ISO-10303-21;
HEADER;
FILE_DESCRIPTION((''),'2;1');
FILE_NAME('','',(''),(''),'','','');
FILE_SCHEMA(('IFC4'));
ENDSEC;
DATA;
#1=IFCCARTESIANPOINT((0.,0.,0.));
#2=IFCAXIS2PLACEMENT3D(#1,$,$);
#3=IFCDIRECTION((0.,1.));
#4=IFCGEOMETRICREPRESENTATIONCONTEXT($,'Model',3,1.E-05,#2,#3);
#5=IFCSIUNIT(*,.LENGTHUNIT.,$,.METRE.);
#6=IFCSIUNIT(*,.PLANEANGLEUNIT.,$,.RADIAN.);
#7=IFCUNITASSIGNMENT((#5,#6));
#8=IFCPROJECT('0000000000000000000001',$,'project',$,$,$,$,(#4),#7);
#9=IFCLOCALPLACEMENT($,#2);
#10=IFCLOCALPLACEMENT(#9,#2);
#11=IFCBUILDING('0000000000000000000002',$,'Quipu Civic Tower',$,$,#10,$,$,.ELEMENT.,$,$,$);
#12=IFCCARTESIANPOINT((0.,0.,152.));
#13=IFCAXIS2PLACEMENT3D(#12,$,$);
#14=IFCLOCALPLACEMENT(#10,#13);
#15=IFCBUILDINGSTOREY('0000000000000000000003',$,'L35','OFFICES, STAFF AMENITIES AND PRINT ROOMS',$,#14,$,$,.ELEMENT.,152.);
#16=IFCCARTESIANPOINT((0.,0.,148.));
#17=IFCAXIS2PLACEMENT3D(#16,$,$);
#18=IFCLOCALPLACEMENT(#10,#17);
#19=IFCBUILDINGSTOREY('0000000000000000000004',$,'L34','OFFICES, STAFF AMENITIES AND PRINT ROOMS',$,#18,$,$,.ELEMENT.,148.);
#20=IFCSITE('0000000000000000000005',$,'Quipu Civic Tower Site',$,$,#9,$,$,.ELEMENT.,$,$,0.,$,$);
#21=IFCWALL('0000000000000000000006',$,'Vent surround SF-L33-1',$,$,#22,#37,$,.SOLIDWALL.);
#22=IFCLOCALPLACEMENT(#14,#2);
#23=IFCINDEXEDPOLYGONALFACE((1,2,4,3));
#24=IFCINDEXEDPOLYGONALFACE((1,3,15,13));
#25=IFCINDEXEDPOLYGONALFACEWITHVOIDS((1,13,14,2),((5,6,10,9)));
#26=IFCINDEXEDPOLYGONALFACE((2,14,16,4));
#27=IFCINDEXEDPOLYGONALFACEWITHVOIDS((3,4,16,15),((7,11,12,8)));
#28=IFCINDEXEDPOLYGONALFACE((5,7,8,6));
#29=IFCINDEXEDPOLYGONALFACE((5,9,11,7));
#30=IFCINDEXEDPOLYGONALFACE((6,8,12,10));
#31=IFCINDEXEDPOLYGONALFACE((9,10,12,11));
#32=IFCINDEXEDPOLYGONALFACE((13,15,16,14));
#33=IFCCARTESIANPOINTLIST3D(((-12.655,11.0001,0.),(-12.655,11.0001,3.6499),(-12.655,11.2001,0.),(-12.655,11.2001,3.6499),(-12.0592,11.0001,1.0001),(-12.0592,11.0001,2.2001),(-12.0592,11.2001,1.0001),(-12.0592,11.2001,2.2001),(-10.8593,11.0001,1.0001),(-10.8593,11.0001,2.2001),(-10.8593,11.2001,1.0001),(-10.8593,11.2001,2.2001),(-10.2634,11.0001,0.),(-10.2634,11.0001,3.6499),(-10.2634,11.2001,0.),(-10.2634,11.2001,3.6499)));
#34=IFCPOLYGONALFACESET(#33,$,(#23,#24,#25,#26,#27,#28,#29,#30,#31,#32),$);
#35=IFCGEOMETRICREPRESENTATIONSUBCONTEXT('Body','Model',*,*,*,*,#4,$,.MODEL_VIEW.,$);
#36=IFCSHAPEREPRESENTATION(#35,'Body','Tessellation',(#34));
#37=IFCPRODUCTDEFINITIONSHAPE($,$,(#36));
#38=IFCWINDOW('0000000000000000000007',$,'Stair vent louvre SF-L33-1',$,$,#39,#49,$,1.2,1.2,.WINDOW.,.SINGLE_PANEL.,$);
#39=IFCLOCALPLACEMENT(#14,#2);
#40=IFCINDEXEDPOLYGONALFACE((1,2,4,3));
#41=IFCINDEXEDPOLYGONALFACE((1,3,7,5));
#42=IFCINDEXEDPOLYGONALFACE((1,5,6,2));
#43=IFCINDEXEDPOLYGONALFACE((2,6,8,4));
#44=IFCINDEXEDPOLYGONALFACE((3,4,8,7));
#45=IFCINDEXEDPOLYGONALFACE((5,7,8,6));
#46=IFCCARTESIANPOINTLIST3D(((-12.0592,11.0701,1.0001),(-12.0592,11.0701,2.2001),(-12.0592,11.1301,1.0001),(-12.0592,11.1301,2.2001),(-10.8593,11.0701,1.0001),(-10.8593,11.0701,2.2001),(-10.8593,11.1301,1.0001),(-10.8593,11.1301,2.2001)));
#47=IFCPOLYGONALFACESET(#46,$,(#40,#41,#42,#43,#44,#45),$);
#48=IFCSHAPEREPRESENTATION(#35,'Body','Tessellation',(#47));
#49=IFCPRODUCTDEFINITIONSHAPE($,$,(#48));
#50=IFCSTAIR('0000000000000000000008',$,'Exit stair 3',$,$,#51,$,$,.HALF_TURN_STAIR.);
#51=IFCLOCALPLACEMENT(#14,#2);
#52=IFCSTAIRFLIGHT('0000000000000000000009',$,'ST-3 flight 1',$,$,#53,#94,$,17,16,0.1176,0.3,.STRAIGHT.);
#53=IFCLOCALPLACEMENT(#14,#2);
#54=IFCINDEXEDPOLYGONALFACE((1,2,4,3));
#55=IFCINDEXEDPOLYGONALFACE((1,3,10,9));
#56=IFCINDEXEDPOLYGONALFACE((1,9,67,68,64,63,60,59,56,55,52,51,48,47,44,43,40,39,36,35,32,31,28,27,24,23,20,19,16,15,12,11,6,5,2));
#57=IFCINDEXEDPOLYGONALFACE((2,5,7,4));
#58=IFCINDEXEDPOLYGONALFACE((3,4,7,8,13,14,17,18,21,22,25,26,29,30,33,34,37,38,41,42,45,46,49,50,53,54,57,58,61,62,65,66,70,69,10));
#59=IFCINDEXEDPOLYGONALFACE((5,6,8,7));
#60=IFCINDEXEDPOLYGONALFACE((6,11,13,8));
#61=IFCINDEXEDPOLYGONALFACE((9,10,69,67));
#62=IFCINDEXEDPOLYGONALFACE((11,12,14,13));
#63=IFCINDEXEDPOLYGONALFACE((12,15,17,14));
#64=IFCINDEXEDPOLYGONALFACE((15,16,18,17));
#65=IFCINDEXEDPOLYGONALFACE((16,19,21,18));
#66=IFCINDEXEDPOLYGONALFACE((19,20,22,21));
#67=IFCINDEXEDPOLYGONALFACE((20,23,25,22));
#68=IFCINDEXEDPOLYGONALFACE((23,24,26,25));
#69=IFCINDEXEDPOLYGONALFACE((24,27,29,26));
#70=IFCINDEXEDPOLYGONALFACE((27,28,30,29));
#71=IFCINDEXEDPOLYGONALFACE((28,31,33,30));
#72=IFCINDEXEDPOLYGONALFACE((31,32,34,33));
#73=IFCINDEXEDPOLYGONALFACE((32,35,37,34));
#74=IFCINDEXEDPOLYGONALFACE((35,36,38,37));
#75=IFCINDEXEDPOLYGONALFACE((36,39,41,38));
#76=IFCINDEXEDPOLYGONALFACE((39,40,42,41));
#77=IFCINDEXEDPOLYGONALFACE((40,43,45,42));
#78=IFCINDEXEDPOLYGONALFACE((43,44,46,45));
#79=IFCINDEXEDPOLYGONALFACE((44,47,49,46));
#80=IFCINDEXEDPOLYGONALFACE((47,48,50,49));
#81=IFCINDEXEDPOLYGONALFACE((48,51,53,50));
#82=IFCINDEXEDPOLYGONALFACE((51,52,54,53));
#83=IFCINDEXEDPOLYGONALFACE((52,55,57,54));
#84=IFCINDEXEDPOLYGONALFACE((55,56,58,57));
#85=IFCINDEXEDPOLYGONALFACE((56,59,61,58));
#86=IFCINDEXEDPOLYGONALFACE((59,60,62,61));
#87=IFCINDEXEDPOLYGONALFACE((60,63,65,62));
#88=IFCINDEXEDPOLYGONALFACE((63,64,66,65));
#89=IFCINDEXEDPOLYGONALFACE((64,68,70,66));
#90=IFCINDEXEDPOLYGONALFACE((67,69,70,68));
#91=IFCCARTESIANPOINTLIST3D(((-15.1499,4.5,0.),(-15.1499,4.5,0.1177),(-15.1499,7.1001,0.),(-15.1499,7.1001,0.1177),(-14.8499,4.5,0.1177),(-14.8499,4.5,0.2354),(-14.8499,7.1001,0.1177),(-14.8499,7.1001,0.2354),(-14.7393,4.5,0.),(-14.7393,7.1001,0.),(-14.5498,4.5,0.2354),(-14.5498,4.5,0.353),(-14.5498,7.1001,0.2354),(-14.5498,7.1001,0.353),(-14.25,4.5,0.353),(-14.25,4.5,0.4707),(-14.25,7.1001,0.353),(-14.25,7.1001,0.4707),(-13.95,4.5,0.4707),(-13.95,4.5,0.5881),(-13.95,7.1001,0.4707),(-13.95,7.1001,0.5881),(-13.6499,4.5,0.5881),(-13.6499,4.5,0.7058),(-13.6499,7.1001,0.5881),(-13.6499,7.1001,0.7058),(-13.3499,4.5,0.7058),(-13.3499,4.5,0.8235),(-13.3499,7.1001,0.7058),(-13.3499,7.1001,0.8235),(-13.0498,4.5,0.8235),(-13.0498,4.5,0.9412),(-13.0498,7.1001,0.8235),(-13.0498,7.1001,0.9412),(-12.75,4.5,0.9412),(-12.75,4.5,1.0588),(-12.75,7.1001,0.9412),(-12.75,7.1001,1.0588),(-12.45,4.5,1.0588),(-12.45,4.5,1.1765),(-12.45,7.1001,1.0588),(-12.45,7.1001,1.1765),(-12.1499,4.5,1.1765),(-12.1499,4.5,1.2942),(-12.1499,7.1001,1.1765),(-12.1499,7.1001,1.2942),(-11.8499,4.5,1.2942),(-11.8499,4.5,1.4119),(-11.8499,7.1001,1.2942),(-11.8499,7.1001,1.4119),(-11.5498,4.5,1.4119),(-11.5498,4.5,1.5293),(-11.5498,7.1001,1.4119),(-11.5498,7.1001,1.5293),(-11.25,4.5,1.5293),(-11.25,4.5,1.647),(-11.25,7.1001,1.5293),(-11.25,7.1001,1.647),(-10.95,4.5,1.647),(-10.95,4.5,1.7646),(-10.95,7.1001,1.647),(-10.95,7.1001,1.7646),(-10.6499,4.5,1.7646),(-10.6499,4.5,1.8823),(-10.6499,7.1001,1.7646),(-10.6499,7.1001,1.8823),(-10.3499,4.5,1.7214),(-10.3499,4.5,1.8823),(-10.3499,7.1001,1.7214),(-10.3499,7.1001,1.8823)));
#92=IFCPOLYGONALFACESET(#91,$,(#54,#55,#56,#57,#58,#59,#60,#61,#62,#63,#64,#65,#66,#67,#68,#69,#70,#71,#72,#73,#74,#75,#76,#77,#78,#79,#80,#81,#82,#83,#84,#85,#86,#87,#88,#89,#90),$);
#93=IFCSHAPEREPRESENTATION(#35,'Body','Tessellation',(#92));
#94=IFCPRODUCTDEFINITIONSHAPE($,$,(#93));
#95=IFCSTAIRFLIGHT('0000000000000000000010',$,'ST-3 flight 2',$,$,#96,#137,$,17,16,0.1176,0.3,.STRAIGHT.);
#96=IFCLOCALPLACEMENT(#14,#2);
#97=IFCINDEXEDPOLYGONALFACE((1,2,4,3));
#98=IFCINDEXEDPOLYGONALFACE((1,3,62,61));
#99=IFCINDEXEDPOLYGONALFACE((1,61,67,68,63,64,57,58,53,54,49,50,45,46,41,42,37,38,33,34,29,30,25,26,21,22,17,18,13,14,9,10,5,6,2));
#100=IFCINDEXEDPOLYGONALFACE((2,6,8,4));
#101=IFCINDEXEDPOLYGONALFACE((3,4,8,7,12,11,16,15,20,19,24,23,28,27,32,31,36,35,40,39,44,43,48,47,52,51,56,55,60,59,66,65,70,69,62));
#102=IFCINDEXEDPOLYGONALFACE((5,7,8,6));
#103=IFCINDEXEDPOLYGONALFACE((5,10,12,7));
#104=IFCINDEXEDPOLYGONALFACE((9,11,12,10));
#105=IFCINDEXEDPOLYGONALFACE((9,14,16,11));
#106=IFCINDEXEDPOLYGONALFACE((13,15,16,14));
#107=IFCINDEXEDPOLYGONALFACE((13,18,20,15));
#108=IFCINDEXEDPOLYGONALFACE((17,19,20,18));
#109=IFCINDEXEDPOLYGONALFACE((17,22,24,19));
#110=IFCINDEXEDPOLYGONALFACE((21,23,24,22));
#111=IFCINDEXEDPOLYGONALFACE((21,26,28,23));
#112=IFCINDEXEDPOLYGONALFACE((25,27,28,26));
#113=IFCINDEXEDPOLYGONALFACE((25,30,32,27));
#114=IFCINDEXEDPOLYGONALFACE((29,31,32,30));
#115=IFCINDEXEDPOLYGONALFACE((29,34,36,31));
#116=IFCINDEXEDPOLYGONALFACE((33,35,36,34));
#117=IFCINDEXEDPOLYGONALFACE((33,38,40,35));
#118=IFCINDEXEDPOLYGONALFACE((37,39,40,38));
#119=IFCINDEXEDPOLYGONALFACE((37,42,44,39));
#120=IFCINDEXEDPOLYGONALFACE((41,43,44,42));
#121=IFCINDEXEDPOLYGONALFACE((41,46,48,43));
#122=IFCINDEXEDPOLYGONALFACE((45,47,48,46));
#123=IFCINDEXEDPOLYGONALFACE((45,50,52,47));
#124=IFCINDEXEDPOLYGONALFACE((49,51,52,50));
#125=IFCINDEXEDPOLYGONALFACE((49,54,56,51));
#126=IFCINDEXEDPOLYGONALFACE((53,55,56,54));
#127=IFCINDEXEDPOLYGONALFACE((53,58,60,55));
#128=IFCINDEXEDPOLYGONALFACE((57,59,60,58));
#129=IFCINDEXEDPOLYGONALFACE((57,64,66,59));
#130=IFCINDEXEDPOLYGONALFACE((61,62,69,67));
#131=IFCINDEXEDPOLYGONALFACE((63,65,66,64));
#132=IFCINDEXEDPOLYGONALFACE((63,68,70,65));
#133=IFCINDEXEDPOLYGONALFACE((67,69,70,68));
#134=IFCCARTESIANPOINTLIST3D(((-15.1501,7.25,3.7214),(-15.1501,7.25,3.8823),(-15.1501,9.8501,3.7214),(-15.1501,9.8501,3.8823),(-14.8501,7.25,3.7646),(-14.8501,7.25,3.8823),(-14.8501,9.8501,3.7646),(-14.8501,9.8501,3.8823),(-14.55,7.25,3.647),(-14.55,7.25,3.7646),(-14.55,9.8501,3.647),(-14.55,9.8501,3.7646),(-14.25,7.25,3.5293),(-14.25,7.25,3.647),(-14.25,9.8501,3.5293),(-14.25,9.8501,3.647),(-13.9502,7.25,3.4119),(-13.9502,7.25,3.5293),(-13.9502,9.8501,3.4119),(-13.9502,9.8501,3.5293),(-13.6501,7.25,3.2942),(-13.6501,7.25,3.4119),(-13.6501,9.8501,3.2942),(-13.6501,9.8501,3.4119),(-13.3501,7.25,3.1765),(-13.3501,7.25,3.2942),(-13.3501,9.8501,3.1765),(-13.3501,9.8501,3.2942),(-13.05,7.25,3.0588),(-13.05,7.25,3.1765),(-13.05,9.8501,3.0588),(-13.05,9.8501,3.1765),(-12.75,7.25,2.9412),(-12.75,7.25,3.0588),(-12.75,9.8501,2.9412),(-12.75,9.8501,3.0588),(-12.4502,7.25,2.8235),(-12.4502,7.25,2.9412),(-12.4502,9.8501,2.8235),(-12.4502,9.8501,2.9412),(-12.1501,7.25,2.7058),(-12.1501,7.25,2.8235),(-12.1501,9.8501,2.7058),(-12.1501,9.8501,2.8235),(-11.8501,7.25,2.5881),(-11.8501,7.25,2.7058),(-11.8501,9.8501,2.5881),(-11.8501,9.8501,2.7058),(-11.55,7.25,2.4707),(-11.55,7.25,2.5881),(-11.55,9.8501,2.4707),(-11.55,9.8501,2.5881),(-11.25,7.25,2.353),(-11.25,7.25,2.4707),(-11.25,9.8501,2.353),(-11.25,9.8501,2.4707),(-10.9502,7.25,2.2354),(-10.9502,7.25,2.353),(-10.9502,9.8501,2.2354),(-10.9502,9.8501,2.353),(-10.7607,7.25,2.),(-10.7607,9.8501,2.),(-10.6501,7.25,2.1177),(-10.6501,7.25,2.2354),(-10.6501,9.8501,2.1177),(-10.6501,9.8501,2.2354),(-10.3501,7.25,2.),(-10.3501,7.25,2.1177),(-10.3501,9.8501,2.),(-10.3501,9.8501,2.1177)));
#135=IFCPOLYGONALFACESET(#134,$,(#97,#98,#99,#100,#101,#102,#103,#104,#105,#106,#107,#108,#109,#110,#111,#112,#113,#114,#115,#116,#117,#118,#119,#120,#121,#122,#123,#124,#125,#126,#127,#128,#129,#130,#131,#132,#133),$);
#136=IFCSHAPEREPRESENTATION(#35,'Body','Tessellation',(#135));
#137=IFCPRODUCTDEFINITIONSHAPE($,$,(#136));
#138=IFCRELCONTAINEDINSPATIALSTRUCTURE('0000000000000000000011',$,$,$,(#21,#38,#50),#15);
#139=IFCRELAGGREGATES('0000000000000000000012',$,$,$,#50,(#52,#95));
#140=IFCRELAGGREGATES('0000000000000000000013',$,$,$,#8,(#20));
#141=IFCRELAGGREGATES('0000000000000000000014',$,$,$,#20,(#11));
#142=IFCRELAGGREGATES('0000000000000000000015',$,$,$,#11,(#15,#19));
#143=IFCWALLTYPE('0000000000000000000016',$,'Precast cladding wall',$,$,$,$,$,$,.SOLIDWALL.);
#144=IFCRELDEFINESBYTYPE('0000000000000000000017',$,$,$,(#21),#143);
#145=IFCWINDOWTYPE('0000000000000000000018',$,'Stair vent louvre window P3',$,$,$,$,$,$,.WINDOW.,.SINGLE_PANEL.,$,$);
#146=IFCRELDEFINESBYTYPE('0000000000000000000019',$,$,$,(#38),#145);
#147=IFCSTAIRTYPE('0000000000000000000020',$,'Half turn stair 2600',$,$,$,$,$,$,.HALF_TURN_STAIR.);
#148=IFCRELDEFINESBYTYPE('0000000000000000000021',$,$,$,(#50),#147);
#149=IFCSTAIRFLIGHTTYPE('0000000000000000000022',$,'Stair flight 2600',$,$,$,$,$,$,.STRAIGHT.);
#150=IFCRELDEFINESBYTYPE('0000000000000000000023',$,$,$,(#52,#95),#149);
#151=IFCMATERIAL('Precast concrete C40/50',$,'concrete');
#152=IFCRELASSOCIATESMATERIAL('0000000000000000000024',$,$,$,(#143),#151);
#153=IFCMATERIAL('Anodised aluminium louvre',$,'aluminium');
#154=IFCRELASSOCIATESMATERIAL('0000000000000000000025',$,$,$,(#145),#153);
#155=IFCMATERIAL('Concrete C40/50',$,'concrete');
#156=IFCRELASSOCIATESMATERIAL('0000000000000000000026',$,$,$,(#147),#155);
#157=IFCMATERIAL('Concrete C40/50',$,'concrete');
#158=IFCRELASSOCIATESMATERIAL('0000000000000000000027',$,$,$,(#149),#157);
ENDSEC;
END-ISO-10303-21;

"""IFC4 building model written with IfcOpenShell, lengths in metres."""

from ifc_helpers import new_model, si_unit, direction, frame, frame_2d, origin, place, context, subcontext, project, spatial, polyline, rectangle, outline, extrude, material, type_object, element, fill, aggregate, save


model = new_model("IFC4")

# Units and contexts
model_context = context("Model", 3, precision=1e-05, world=origin(), true_north=direction((0.0, 1.0)))
body_context = subcontext(model_context, "Body", "Model", "MODEL_VIEW")
ifc_project = project(units=[si_unit("LENGTHUNIT", "METRE"), si_unit("PLANEANGLEUNIT", "RADIAN")], contexts=[model_context])

# Site, building, storey
site_placement = place(None, origin())
site = spatial("IfcSite", under=ifc_project, at=site_placement, Name="Quipu Civic Tower Site", CompositionType="ELEMENT", RefElevation=0.0)
building_placement = place(site_placement, origin())
building = spatial("IfcBuilding", under=site, at=building_placement, Name="Quipu Civic Tower", CompositionType="ELEMENT")
storey_1_placement = place(building_placement, frame((0.0, 0.0, 152.0)))
storey_1 = spatial("IfcBuildingStorey", under=building, at=storey_1_placement, Name="L35", Description="OFFICES, STAFF AMENITIES AND PRINT ROOMS", CompositionType="ELEMENT", Elevation=152.0)

# Shared definitions
storey_2_placement = place(building_placement, frame((0.0, 0.0, 148.0)))
storey_2 = spatial("IfcBuildingStorey", under=building, at=storey_2_placement, Name="L34", Description="OFFICES, STAFF AMENITIES AND PRINT ROOMS", CompositionType="ELEMENT", Elevation=148.0)

# Wall, opening, window
ifc_material_1 = material(Name="Precast concrete C40/50", Category="concrete")
wall_type_1 = type_object("IfcWallType", Name="Precast cladding wall", PredefinedType="SOLIDWALL", material=ifc_material_1)
wall_1_placement = place(storey_1_placement, frame((-10.2634, 11.1001, 0.0), z_axis=(0.0, 0.0, 1.0), x_axis=(-1.0, 0.0, 0.0)))
wall_1 = element("IfcWall", 1, at=wall_1_placement, inside=storey_1, type_object=wall_type_1, Name="Vent surround SF-L33-1", PredefinedType="SOLIDWALL", context=body_context, shape_type="SweptSolid", body=[
    extrude(rectangle(XDim=2.3916, YDim=0.2, at=frame_2d((1.1958, 0.0))), origin(), (0.0, 0.0, 1.0), 3.6499),
])
opening_1_placement = place(wall_1_placement, frame((0.5957, 0.0, 1.0)))
opening_1 = element("IfcOpeningElement", 2, at=opening_1_placement, cuts=wall_1, PredefinedType="OPENING", context=body_context, shape_type="SweptSolid", body=[
    extrude(rectangle(XDim=1.2, YDim=1.2, at=frame_2d((0.6001, 0.6001))), frame((0.0, 0.1099, 0.0), z_axis=(0.0, -1.0, 0.0), x_axis=(1.0, 0.0, 0.0)), (0.0, 0.0, 1.0), 0.22),
])
ifc_material_2 = material(Name="Anodised aluminium louvre", Category="aluminium")
window_type_1 = type_object("IfcWindowType", Name="Stair vent louvre window P3", PartitioningType="SINGLE_PANEL", PredefinedType="WINDOW", material=ifc_material_2)
window_1_placement = place(opening_1_placement, origin())
window_1 = element("IfcWindow", 3, at=window_1_placement, inside=storey_1, type_object=window_type_1, Name="Stair vent louvre SF-L33-1", OverallHeight=1.2, OverallWidth=1.2, PartitioningType="SINGLE_PANEL", PredefinedType="WINDOW", context=body_context, shape_type="SweptSolid", body=[
    extrude(rectangle(XDim=1.2, YDim=1.2, at=frame_2d((0.6001, 0.6001))), frame((0.0, 0.03, 0.0), z_axis=(0.0, -1.0, 0.0), x_axis=(1.0, 0.0, 0.0)), (0.0, 0.0, 1.0), 0.0601),
])
fill(opening_1, window_1)

# Stair, stair flights
ifc_material_3 = material(Name="Concrete C40/50", Category="concrete")
stair_type = type_object("IfcStairType", Name="Half turn stair 2600", PredefinedType="HALF_TURN_STAIR", material=ifc_material_3)
stair_placement = place(storey_1_placement, origin())
stair = element("IfcStair", 4, at=stair_placement, inside=storey_1, type_object=stair_type, Name="Exit stair 3", PredefinedType="HALF_TURN_STAIR")
ifc_material_4 = material(Name="Concrete C40/50", Category="concrete")
stair_flight_type = type_object("IfcStairFlightType", Name="Stair flight 2600", PredefinedType="STRAIGHT", material=ifc_material_4)
stair_flight_1_placement = place(storey_1_placement, frame((-15.1499, 5.8, 0.0), z_axis=(0.0, 0.0, 1.0), x_axis=(1.0, 0.0, 0.0)))
stair_flight_1 = element("IfcStairFlight", 5, at=stair_flight_1_placement, type_object=stair_flight_type, Name="ST-3 flight 1", NumberOfRisers=17, NumberOfTreads=16, PredefinedType="STRAIGHT", RiserHeight=0.1176, TreadLength=0.3, context=body_context, shape_type="SweptSolid", body=[
    extrude(outline(polyline([(0.0, 0.0), (0.0, 0.1177), (0.3, 0.1177), (0.3, 0.2354), (0.6001, 0.2354), (0.6001, 0.353), (0.8999, 0.353), (0.8999, 0.4707), (1.2, 0.4707), (1.2, 0.5881), (1.5, 0.5881), (1.5, 0.7058), (1.8, 0.7058), (1.8, 0.8235), (2.1001, 0.8235), (2.1001, 0.9412), (2.3999, 0.9412), (2.3999, 1.0588), (2.7, 1.0588), (2.7, 1.1765), (3.0, 1.1765), (3.0, 1.2942), (3.3, 1.2942), (3.3, 1.4119), (3.6001, 1.4119), (3.6001, 1.5293), (3.8999, 1.5293), (3.8999, 1.647), (4.2, 1.647), (4.2, 1.7646), (4.5, 1.7646), (4.5, 1.8823), (4.8, 1.8823), (4.8, 2.0), (4.8, 1.7214), (0.4106, 0.0), (0.0, 0.0)])), frame((0.0, 1.3, 0.0), z_axis=(0.0, -1.0, 0.0), x_axis=(1.0, 0.0, 0.0)), (0.0, 0.0, 1.0), 2.6001),
])
stair_flight_2_placement = place(storey_1_placement, frame((-10.3501, 8.55, 2.0), z_axis=(0.0, 0.0, 1.0), x_axis=(-1.0, 0.0, 0.0)))
stair_flight_2 = element("IfcStairFlight", 6, at=stair_flight_2_placement, type_object=stair_flight_type, Name="ST-3 flight 2", NumberOfRisers=17, NumberOfTreads=16, PredefinedType="STRAIGHT", RiserHeight=0.1176, TreadLength=0.3, context=body_context, shape_type="SweptSolid", body=[
    extrude(outline(polyline([(0.0, 0.0), (0.0, 0.1177), (0.3, 0.1177), (0.3, 0.2354), (0.6001, 0.2354), (0.6001, 0.353), (0.8999, 0.353), (0.8999, 0.4707), (1.2, 0.4707), (1.2, 0.5881), (1.5, 0.5881), (1.5, 0.7058), (1.8, 0.7058), (1.8, 0.8235), (2.1001, 0.8235), (2.1001, 0.9412), (2.3999, 0.9412), (2.3999, 1.0588), (2.7, 1.0588), (2.7, 1.1765), (3.0, 1.1765), (3.0, 1.2942), (3.3, 1.2942), (3.3, 1.4119), (3.6001, 1.4119), (3.6001, 1.5293), (3.8999, 1.5293), (3.8999, 1.647), (4.2, 1.647), (4.2, 1.7646), (4.5, 1.7646), (4.5, 1.8823), (4.8, 1.8823), (4.8, 2.0), (4.8, 1.7214), (0.4106, 0.0), (0.0, 0.0)])), frame((0.0, 1.3, 0.0), z_axis=(0.0, -1.0, 0.0), x_axis=(1.0, 0.0, 0.0)), (0.0, 0.0, 1.0), 2.6001),
])
aggregate(stair, [stair_flight_1, stair_flight_2])

save(model, "model.ifc")
